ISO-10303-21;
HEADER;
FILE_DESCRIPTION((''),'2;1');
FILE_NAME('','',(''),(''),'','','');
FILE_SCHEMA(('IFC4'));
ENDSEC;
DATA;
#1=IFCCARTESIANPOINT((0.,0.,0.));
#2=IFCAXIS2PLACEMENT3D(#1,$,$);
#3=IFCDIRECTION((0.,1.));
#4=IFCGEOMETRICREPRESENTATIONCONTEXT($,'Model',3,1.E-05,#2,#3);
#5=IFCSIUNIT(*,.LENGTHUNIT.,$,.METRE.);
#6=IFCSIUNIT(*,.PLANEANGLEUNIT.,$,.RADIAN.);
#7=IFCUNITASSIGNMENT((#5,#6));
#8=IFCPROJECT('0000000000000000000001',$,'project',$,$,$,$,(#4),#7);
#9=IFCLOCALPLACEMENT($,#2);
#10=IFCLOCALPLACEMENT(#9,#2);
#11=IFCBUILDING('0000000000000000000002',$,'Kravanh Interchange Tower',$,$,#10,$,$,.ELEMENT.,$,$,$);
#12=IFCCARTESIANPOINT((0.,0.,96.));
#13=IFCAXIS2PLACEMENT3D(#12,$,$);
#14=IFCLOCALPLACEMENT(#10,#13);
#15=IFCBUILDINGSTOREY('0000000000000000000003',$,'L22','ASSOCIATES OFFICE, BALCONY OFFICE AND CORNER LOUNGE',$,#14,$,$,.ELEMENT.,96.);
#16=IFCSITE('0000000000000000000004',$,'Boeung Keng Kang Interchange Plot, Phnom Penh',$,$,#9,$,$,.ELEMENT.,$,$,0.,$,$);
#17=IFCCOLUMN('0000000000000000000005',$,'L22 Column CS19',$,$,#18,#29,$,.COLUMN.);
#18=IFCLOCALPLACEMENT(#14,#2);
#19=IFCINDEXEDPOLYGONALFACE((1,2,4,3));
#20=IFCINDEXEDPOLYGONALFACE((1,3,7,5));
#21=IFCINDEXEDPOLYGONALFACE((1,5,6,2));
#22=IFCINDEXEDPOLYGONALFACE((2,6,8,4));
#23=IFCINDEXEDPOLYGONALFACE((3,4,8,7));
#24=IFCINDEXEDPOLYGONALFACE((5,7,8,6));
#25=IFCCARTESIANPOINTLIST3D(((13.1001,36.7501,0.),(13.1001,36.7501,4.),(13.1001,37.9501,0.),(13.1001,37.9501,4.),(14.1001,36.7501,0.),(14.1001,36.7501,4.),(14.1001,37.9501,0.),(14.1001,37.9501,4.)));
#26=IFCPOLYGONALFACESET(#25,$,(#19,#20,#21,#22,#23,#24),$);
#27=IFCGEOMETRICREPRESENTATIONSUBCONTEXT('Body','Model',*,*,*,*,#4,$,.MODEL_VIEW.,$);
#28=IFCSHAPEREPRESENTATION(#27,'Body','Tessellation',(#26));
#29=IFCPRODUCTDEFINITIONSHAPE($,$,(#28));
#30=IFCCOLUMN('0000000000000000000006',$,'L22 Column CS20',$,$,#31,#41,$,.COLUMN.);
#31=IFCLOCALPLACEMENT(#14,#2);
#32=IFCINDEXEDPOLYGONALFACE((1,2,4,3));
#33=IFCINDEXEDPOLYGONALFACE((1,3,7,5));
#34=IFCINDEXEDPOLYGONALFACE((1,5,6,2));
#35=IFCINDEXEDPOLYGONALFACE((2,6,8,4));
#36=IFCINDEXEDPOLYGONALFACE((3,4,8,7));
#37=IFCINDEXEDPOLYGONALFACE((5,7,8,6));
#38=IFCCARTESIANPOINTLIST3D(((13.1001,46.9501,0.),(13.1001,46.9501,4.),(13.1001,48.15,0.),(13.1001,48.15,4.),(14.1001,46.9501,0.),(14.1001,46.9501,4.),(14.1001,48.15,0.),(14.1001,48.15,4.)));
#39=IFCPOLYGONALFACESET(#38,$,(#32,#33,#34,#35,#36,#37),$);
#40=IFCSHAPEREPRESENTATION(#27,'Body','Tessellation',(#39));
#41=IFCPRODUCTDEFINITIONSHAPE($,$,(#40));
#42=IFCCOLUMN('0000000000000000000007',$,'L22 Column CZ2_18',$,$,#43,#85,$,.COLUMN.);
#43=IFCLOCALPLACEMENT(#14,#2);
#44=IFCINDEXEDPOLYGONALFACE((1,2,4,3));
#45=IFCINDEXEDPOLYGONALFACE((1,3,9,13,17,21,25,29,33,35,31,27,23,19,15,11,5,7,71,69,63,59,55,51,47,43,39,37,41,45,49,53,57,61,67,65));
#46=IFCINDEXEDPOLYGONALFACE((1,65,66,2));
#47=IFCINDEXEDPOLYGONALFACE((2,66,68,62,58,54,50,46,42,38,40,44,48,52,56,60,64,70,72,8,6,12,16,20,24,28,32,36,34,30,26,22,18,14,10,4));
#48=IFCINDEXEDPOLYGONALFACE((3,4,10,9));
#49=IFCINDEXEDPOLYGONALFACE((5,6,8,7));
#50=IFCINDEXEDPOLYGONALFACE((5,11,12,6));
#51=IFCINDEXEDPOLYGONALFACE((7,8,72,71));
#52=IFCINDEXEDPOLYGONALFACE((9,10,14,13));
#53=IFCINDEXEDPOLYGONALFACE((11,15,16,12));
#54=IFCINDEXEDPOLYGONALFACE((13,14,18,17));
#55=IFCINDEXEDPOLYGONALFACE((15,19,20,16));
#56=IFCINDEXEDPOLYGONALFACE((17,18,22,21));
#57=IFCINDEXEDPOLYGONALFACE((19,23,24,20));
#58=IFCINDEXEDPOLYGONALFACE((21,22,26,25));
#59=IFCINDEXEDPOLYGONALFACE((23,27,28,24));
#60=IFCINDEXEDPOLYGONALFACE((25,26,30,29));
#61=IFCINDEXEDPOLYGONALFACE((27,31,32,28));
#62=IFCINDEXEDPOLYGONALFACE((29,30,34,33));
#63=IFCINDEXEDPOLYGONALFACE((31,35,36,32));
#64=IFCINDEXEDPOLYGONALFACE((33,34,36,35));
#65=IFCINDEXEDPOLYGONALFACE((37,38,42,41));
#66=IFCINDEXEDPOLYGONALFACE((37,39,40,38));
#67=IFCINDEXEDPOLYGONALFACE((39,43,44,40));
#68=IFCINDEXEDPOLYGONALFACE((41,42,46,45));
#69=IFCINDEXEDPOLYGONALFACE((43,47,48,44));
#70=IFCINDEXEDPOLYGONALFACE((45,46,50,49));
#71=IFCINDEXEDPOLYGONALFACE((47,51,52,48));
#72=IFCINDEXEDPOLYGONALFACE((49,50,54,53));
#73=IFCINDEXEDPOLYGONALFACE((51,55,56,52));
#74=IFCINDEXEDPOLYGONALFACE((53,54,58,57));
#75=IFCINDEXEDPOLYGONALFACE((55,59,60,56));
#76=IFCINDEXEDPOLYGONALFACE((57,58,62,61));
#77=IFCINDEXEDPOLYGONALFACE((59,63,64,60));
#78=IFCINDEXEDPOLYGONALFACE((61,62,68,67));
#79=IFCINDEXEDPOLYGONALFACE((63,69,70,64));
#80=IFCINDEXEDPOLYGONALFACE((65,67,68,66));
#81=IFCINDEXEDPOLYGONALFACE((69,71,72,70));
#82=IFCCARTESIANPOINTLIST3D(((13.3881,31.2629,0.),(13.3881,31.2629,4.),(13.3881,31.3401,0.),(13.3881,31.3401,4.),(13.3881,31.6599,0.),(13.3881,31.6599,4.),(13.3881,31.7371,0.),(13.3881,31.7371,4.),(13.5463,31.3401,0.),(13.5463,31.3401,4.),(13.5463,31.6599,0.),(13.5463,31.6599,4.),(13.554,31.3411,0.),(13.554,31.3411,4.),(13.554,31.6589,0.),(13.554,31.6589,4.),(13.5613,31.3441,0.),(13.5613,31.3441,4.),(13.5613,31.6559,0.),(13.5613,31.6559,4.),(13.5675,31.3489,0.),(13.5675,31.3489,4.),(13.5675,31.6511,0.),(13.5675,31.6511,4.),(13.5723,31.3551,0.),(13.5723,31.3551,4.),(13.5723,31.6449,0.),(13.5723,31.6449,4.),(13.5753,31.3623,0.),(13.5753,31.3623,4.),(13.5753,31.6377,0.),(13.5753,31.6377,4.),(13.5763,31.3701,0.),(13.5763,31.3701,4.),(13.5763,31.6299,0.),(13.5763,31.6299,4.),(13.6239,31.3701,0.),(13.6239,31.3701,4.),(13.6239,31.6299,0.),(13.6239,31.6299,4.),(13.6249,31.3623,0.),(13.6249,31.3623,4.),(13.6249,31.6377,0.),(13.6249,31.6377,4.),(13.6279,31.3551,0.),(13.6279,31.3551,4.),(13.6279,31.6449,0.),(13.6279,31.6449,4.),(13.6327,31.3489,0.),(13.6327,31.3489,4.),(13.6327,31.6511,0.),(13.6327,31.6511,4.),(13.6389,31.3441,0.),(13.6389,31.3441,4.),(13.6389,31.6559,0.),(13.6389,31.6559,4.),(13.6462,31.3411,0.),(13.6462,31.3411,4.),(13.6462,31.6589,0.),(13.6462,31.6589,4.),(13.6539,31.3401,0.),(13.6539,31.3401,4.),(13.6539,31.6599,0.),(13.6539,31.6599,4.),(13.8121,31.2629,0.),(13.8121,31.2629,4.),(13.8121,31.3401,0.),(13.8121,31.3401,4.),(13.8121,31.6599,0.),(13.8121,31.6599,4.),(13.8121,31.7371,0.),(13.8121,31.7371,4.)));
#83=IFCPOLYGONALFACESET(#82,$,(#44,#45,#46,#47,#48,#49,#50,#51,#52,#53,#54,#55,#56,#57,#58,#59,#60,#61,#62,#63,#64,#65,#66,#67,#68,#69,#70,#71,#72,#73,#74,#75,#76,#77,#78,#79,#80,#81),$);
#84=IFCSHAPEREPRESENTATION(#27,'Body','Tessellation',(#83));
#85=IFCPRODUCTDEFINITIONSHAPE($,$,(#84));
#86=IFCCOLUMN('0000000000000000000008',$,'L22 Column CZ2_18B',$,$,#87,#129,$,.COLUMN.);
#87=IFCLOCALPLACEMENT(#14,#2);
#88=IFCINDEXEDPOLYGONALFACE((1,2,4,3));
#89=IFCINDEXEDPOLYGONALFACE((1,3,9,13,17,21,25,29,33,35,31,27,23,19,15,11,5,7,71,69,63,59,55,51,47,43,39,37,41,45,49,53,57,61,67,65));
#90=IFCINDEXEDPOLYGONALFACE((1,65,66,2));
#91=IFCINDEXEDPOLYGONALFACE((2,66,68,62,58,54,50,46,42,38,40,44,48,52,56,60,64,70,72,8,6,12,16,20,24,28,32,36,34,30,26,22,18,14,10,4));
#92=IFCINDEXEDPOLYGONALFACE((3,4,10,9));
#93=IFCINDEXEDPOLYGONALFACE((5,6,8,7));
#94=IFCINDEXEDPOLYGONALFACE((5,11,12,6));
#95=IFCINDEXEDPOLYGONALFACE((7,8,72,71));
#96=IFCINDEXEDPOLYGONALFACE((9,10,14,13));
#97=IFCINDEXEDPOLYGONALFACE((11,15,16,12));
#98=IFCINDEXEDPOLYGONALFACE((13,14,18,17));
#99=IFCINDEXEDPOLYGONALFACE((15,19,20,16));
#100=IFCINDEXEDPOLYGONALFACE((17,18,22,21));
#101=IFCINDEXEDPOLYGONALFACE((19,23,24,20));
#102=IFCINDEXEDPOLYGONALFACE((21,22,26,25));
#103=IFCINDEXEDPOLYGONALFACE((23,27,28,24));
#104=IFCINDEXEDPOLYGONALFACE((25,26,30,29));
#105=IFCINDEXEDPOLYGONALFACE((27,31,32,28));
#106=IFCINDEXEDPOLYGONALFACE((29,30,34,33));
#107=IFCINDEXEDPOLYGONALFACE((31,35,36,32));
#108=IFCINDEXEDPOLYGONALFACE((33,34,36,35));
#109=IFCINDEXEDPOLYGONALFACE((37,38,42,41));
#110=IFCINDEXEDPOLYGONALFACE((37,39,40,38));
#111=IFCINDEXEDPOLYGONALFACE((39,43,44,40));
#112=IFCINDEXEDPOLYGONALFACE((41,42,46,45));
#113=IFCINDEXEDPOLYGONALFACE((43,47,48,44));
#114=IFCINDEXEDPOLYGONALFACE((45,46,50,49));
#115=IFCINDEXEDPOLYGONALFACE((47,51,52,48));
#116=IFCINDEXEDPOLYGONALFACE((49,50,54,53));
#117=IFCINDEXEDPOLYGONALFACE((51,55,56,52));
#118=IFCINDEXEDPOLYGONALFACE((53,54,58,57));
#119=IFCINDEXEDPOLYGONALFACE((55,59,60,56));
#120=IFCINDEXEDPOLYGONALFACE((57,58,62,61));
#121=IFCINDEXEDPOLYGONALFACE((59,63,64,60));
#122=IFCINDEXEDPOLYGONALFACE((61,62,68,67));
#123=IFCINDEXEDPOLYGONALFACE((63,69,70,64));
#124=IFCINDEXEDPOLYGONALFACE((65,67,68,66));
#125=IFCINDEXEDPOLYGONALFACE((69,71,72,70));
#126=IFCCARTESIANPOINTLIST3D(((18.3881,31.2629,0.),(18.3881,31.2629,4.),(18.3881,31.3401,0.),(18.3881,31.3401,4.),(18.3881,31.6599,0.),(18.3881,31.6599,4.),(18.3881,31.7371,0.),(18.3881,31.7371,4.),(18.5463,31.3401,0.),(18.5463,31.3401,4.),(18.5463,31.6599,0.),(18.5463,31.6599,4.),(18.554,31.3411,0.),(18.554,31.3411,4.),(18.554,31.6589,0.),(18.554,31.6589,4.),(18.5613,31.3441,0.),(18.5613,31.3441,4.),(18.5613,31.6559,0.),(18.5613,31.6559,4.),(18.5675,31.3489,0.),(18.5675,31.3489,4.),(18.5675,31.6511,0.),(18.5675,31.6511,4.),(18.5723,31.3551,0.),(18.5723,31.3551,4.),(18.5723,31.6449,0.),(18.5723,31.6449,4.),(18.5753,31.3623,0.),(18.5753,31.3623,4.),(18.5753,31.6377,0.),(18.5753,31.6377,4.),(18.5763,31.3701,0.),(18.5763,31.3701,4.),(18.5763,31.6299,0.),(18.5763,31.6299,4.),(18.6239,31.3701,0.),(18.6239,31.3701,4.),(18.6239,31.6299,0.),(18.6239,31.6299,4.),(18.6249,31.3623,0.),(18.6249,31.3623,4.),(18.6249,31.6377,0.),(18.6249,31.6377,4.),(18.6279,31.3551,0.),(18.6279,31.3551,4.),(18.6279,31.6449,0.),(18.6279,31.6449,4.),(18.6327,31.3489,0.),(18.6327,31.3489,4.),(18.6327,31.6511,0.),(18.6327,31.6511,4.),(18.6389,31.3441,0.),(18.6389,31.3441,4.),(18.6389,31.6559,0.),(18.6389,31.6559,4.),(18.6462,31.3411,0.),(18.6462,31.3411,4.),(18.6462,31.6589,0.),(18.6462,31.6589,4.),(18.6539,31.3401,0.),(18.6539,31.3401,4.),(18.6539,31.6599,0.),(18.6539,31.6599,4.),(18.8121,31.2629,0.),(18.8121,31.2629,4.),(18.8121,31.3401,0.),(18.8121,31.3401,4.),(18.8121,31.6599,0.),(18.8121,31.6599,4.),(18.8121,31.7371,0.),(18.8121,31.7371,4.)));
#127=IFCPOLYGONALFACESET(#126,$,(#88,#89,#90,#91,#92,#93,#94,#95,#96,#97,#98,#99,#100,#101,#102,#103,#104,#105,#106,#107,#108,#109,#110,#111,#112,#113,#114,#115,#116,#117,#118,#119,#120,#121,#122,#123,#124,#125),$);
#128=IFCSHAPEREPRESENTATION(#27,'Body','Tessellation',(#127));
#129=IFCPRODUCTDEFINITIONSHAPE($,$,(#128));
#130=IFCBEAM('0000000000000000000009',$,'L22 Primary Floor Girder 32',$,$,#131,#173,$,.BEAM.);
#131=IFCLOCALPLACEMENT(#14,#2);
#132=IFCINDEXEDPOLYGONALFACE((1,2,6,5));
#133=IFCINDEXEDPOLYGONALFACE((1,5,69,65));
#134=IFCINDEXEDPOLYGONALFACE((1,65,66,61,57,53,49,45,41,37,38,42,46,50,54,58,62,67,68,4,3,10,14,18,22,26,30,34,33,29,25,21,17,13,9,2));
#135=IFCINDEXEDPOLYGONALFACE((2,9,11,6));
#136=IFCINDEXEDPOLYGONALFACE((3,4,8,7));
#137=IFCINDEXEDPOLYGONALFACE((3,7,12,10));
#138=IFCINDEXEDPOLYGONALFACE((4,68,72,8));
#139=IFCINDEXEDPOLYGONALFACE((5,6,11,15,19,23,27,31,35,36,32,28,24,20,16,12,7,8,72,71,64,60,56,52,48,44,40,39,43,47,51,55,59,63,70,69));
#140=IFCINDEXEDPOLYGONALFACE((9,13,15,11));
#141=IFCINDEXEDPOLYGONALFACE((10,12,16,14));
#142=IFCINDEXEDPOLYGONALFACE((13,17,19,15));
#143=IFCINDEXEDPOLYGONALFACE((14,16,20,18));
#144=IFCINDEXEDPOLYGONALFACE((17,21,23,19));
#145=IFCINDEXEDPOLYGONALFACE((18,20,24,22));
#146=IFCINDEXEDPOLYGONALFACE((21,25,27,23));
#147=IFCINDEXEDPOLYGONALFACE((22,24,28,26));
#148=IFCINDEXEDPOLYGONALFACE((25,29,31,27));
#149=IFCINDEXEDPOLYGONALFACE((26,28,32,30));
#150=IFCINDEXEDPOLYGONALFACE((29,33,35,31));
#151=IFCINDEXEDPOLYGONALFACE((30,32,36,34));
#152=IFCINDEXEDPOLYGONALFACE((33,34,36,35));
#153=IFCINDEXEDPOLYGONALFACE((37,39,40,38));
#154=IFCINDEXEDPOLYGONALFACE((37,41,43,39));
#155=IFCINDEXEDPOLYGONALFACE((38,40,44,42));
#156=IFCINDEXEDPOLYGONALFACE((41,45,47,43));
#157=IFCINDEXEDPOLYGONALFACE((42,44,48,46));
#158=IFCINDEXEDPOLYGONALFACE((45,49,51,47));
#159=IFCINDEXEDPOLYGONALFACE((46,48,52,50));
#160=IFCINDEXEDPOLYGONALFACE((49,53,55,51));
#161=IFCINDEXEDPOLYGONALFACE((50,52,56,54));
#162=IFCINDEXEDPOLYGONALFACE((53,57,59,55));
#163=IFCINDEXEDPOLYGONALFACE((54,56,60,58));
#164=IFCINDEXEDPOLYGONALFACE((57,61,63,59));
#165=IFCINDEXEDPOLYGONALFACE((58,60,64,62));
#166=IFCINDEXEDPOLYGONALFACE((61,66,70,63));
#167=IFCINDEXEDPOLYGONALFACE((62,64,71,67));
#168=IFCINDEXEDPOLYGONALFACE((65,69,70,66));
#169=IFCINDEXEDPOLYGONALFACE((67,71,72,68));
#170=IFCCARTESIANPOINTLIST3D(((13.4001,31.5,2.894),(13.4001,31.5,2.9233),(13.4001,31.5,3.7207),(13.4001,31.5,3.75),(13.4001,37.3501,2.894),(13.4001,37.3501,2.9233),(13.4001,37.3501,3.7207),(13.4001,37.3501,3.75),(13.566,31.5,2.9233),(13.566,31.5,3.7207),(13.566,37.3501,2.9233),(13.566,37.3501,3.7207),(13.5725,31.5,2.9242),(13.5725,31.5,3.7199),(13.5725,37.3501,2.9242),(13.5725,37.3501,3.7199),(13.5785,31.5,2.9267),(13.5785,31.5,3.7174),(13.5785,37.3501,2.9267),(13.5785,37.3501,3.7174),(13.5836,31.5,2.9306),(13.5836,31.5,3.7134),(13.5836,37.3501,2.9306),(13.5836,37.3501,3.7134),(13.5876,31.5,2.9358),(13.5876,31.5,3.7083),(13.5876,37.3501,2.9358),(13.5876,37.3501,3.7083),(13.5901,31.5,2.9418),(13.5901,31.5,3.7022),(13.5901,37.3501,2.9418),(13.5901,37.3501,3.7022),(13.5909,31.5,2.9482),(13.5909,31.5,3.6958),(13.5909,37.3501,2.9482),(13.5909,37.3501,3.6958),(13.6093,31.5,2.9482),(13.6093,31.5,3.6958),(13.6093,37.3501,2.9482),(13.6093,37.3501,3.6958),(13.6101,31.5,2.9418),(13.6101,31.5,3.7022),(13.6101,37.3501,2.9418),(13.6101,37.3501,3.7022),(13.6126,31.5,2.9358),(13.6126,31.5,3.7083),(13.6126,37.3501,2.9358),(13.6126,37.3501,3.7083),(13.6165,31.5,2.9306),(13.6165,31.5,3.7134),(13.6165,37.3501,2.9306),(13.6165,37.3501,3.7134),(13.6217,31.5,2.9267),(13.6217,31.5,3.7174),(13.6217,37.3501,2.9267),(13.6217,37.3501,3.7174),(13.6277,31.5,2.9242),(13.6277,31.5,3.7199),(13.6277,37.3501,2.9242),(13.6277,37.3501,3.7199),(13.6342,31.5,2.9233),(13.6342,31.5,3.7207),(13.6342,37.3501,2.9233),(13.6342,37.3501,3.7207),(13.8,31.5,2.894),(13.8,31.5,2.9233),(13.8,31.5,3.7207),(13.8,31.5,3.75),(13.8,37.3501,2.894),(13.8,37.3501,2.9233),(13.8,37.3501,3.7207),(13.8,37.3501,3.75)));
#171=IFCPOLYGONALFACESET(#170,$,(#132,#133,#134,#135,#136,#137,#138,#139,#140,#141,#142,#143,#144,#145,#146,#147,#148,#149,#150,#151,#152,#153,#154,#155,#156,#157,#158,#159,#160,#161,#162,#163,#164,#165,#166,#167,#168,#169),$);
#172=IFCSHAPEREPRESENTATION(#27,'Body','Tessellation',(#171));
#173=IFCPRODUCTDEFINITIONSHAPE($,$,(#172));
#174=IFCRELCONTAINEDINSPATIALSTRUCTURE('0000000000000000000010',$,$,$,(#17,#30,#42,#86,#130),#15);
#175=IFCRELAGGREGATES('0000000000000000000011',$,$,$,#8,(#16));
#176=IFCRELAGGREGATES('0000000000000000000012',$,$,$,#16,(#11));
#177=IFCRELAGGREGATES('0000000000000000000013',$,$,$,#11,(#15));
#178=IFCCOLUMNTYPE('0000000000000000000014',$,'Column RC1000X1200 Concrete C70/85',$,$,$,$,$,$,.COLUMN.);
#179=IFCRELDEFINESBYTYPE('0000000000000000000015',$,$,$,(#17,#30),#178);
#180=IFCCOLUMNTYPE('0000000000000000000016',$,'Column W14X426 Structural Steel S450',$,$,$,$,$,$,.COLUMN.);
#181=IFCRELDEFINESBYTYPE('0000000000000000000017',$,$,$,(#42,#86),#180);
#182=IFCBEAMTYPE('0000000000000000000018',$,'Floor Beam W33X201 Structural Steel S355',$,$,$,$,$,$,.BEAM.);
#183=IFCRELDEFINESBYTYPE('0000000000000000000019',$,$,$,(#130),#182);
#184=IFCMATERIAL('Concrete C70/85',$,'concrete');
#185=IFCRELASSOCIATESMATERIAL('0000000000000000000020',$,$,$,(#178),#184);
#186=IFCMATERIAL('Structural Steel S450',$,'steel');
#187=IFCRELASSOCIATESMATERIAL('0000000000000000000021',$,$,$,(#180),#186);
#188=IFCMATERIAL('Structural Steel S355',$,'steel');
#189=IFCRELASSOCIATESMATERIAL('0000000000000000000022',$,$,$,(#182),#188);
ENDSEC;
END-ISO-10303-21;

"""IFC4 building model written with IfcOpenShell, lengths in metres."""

from ifc_helpers import new_model, si_unit, direction, frame, origin, origin_2d, place, context, subcontext, project, spatial, rectangle, i_section, extrude, material, material_profile, profile_set, type_object, element, save


model = new_model("IFC4")

# Units and contexts
model_context = context("Model", 3, precision=1e-05, world=origin(), true_north=direction((0.0, 1.0)))
body_context = subcontext(model_context, "Body", "Model", "MODEL_VIEW")
ifc_project = project(units=[si_unit("LENGTHUNIT", "METRE"), si_unit("PLANEANGLEUNIT", "RADIAN")], contexts=[model_context])

# Site, building, storey
site_placement = place(None, origin())
site = spatial("IfcSite", under=ifc_project, at=site_placement, Name="Boeung Keng Kang Interchange Plot, Phnom Penh", CompositionType="ELEMENT", RefElevation=0.0)
building_placement = place(site_placement, origin())
building = spatial("IfcBuilding", under=site, at=building_placement, Name="Kravanh Interchange Tower", CompositionType="ELEMENT")
storey_placement = place(building_placement, frame((0.0, 0.0, 96.0)))
storey = spatial("IfcBuildingStorey", under=building, at=storey_placement, Name="L22", Description="ASSOCIATES OFFICE, BALCONY OFFICE AND CORNER LOUNGE", CompositionType="ELEMENT", Elevation=96.0)

# Columns
ifc_material_1 = material(Name="Concrete C70/85", Category="concrete")
ifc_material_profile_1 = material_profile(ifc_material_1, rectangle(XDim=1.0, YDim=1.2, at=origin_2d()), Name="RC1000X1200")
ifc_profile_set_1 = profile_set([ifc_material_profile_1], Name="Concrete C70/85")
column_type_1 = type_object("IfcColumnType", Name="Column RC1000X1200 Concrete C70/85", PredefinedType="COLUMN", material=ifc_profile_set_1)
for number, where, z_axis, x_axis, name in (
    (1, (13.6001, 37.3501, 0.0), (0.0, 0.0, 1.0), (1.0, 0.0, 0.0), "L22 Column CS19"),
    (2, (13.6001, 47.55, 0.0), (0.0, 0.0, 1.0), (1.0, 0.0, 0.0), "L22 Column CS20"),
):
    element("IfcColumn", number, at=place(storey_placement, frame(where, z_axis=z_axis, x_axis=x_axis)), inside=storey, type_object=column_type_1, Name=name, PredefinedType="COLUMN", context=body_context, shape_type="SweptSolid", body=[
        extrude(rectangle(XDim=1.0, YDim=1.2, at=origin_2d()), origin(), (0.0, 0.0, 1.0), 4.0),
    ])
ifc_material_2 = material(Name="Structural Steel S450", Category="steel")
ifc_material_profile_2 = material_profile(ifc_material_2, i_section(OverallWidth=0.4241, OverallDepth=0.4741, WebThickness=0.0476, FlangeThickness=0.0771, FilletRadius=0.03, at=origin_2d()), Name="W14X426")
ifc_profile_set_2 = profile_set([ifc_material_profile_2], Name="Structural Steel S450")
column_type_2 = type_object("IfcColumnType", Name="Column W14X426 Structural Steel S450", PredefinedType="COLUMN", material=ifc_profile_set_2)
for number, where, z_axis, x_axis, name in (
    (3, (13.6001, 31.5, 0.0), (0.0, 0.0, 1.0), (1.0, 0.0, 0.0), "L22 Column CZ2_18"),
    (4, (18.6001, 31.5, 0.0), (0.0, 0.0, 1.0), (1.0, 0.0, 0.0), "L22 Column CZ2_18B"),
):
    element("IfcColumn", number, at=place(storey_placement, frame(where, z_axis=z_axis, x_axis=x_axis)), inside=storey, type_object=column_type_2, Name=name, PredefinedType="COLUMN", context=body_context, shape_type="SweptSolid", body=[
        extrude(i_section(OverallWidth=0.4241, OverallDepth=0.4741, WebThickness=0.0476, FlangeThickness=0.0771, FilletRadius=0.03, at=origin_2d()), origin(), (0.0, 0.0, 1.0), 4.0),
    ])

# Beam
ifc_material_3 = material(Name="Structural Steel S355", Category="steel")
ifc_material_profile_3 = material_profile(ifc_material_3, i_section(OverallWidth=0.3999, OverallDepth=0.856, WebThickness=0.0183, FlangeThickness=0.0293, FilletRadius=0.0249, at=origin_2d()), Name="W33X201")
ifc_profile_set_3 = profile_set([ifc_material_profile_3], Name="Structural Steel S355")
beam_type_1 = type_object("IfcBeamType", Name="Floor Beam W33X201 Structural Steel S355", PredefinedType="BEAM", material=ifc_profile_set_3)
beam_1_placement = place(storey_placement, frame((13.6001, 37.3501, 3.322), z_axis=(0.0, -1.0, 0.0), x_axis=(1.0, 0.0, 0.0)))
element("IfcBeam", 5, at=beam_1_placement, inside=storey, type_object=beam_type_1, Name="L22 Primary Floor Girder 32", PredefinedType="BEAM", context=body_context, shape_type="SweptSolid", body=[
    extrude(i_section(OverallWidth=0.3999, OverallDepth=0.856, WebThickness=0.0183, FlangeThickness=0.0293, FilletRadius=0.0249, at=origin_2d()), origin(), (0.0, 0.0, 1.0), 5.8501),
])

save(model, "model.ifc")
